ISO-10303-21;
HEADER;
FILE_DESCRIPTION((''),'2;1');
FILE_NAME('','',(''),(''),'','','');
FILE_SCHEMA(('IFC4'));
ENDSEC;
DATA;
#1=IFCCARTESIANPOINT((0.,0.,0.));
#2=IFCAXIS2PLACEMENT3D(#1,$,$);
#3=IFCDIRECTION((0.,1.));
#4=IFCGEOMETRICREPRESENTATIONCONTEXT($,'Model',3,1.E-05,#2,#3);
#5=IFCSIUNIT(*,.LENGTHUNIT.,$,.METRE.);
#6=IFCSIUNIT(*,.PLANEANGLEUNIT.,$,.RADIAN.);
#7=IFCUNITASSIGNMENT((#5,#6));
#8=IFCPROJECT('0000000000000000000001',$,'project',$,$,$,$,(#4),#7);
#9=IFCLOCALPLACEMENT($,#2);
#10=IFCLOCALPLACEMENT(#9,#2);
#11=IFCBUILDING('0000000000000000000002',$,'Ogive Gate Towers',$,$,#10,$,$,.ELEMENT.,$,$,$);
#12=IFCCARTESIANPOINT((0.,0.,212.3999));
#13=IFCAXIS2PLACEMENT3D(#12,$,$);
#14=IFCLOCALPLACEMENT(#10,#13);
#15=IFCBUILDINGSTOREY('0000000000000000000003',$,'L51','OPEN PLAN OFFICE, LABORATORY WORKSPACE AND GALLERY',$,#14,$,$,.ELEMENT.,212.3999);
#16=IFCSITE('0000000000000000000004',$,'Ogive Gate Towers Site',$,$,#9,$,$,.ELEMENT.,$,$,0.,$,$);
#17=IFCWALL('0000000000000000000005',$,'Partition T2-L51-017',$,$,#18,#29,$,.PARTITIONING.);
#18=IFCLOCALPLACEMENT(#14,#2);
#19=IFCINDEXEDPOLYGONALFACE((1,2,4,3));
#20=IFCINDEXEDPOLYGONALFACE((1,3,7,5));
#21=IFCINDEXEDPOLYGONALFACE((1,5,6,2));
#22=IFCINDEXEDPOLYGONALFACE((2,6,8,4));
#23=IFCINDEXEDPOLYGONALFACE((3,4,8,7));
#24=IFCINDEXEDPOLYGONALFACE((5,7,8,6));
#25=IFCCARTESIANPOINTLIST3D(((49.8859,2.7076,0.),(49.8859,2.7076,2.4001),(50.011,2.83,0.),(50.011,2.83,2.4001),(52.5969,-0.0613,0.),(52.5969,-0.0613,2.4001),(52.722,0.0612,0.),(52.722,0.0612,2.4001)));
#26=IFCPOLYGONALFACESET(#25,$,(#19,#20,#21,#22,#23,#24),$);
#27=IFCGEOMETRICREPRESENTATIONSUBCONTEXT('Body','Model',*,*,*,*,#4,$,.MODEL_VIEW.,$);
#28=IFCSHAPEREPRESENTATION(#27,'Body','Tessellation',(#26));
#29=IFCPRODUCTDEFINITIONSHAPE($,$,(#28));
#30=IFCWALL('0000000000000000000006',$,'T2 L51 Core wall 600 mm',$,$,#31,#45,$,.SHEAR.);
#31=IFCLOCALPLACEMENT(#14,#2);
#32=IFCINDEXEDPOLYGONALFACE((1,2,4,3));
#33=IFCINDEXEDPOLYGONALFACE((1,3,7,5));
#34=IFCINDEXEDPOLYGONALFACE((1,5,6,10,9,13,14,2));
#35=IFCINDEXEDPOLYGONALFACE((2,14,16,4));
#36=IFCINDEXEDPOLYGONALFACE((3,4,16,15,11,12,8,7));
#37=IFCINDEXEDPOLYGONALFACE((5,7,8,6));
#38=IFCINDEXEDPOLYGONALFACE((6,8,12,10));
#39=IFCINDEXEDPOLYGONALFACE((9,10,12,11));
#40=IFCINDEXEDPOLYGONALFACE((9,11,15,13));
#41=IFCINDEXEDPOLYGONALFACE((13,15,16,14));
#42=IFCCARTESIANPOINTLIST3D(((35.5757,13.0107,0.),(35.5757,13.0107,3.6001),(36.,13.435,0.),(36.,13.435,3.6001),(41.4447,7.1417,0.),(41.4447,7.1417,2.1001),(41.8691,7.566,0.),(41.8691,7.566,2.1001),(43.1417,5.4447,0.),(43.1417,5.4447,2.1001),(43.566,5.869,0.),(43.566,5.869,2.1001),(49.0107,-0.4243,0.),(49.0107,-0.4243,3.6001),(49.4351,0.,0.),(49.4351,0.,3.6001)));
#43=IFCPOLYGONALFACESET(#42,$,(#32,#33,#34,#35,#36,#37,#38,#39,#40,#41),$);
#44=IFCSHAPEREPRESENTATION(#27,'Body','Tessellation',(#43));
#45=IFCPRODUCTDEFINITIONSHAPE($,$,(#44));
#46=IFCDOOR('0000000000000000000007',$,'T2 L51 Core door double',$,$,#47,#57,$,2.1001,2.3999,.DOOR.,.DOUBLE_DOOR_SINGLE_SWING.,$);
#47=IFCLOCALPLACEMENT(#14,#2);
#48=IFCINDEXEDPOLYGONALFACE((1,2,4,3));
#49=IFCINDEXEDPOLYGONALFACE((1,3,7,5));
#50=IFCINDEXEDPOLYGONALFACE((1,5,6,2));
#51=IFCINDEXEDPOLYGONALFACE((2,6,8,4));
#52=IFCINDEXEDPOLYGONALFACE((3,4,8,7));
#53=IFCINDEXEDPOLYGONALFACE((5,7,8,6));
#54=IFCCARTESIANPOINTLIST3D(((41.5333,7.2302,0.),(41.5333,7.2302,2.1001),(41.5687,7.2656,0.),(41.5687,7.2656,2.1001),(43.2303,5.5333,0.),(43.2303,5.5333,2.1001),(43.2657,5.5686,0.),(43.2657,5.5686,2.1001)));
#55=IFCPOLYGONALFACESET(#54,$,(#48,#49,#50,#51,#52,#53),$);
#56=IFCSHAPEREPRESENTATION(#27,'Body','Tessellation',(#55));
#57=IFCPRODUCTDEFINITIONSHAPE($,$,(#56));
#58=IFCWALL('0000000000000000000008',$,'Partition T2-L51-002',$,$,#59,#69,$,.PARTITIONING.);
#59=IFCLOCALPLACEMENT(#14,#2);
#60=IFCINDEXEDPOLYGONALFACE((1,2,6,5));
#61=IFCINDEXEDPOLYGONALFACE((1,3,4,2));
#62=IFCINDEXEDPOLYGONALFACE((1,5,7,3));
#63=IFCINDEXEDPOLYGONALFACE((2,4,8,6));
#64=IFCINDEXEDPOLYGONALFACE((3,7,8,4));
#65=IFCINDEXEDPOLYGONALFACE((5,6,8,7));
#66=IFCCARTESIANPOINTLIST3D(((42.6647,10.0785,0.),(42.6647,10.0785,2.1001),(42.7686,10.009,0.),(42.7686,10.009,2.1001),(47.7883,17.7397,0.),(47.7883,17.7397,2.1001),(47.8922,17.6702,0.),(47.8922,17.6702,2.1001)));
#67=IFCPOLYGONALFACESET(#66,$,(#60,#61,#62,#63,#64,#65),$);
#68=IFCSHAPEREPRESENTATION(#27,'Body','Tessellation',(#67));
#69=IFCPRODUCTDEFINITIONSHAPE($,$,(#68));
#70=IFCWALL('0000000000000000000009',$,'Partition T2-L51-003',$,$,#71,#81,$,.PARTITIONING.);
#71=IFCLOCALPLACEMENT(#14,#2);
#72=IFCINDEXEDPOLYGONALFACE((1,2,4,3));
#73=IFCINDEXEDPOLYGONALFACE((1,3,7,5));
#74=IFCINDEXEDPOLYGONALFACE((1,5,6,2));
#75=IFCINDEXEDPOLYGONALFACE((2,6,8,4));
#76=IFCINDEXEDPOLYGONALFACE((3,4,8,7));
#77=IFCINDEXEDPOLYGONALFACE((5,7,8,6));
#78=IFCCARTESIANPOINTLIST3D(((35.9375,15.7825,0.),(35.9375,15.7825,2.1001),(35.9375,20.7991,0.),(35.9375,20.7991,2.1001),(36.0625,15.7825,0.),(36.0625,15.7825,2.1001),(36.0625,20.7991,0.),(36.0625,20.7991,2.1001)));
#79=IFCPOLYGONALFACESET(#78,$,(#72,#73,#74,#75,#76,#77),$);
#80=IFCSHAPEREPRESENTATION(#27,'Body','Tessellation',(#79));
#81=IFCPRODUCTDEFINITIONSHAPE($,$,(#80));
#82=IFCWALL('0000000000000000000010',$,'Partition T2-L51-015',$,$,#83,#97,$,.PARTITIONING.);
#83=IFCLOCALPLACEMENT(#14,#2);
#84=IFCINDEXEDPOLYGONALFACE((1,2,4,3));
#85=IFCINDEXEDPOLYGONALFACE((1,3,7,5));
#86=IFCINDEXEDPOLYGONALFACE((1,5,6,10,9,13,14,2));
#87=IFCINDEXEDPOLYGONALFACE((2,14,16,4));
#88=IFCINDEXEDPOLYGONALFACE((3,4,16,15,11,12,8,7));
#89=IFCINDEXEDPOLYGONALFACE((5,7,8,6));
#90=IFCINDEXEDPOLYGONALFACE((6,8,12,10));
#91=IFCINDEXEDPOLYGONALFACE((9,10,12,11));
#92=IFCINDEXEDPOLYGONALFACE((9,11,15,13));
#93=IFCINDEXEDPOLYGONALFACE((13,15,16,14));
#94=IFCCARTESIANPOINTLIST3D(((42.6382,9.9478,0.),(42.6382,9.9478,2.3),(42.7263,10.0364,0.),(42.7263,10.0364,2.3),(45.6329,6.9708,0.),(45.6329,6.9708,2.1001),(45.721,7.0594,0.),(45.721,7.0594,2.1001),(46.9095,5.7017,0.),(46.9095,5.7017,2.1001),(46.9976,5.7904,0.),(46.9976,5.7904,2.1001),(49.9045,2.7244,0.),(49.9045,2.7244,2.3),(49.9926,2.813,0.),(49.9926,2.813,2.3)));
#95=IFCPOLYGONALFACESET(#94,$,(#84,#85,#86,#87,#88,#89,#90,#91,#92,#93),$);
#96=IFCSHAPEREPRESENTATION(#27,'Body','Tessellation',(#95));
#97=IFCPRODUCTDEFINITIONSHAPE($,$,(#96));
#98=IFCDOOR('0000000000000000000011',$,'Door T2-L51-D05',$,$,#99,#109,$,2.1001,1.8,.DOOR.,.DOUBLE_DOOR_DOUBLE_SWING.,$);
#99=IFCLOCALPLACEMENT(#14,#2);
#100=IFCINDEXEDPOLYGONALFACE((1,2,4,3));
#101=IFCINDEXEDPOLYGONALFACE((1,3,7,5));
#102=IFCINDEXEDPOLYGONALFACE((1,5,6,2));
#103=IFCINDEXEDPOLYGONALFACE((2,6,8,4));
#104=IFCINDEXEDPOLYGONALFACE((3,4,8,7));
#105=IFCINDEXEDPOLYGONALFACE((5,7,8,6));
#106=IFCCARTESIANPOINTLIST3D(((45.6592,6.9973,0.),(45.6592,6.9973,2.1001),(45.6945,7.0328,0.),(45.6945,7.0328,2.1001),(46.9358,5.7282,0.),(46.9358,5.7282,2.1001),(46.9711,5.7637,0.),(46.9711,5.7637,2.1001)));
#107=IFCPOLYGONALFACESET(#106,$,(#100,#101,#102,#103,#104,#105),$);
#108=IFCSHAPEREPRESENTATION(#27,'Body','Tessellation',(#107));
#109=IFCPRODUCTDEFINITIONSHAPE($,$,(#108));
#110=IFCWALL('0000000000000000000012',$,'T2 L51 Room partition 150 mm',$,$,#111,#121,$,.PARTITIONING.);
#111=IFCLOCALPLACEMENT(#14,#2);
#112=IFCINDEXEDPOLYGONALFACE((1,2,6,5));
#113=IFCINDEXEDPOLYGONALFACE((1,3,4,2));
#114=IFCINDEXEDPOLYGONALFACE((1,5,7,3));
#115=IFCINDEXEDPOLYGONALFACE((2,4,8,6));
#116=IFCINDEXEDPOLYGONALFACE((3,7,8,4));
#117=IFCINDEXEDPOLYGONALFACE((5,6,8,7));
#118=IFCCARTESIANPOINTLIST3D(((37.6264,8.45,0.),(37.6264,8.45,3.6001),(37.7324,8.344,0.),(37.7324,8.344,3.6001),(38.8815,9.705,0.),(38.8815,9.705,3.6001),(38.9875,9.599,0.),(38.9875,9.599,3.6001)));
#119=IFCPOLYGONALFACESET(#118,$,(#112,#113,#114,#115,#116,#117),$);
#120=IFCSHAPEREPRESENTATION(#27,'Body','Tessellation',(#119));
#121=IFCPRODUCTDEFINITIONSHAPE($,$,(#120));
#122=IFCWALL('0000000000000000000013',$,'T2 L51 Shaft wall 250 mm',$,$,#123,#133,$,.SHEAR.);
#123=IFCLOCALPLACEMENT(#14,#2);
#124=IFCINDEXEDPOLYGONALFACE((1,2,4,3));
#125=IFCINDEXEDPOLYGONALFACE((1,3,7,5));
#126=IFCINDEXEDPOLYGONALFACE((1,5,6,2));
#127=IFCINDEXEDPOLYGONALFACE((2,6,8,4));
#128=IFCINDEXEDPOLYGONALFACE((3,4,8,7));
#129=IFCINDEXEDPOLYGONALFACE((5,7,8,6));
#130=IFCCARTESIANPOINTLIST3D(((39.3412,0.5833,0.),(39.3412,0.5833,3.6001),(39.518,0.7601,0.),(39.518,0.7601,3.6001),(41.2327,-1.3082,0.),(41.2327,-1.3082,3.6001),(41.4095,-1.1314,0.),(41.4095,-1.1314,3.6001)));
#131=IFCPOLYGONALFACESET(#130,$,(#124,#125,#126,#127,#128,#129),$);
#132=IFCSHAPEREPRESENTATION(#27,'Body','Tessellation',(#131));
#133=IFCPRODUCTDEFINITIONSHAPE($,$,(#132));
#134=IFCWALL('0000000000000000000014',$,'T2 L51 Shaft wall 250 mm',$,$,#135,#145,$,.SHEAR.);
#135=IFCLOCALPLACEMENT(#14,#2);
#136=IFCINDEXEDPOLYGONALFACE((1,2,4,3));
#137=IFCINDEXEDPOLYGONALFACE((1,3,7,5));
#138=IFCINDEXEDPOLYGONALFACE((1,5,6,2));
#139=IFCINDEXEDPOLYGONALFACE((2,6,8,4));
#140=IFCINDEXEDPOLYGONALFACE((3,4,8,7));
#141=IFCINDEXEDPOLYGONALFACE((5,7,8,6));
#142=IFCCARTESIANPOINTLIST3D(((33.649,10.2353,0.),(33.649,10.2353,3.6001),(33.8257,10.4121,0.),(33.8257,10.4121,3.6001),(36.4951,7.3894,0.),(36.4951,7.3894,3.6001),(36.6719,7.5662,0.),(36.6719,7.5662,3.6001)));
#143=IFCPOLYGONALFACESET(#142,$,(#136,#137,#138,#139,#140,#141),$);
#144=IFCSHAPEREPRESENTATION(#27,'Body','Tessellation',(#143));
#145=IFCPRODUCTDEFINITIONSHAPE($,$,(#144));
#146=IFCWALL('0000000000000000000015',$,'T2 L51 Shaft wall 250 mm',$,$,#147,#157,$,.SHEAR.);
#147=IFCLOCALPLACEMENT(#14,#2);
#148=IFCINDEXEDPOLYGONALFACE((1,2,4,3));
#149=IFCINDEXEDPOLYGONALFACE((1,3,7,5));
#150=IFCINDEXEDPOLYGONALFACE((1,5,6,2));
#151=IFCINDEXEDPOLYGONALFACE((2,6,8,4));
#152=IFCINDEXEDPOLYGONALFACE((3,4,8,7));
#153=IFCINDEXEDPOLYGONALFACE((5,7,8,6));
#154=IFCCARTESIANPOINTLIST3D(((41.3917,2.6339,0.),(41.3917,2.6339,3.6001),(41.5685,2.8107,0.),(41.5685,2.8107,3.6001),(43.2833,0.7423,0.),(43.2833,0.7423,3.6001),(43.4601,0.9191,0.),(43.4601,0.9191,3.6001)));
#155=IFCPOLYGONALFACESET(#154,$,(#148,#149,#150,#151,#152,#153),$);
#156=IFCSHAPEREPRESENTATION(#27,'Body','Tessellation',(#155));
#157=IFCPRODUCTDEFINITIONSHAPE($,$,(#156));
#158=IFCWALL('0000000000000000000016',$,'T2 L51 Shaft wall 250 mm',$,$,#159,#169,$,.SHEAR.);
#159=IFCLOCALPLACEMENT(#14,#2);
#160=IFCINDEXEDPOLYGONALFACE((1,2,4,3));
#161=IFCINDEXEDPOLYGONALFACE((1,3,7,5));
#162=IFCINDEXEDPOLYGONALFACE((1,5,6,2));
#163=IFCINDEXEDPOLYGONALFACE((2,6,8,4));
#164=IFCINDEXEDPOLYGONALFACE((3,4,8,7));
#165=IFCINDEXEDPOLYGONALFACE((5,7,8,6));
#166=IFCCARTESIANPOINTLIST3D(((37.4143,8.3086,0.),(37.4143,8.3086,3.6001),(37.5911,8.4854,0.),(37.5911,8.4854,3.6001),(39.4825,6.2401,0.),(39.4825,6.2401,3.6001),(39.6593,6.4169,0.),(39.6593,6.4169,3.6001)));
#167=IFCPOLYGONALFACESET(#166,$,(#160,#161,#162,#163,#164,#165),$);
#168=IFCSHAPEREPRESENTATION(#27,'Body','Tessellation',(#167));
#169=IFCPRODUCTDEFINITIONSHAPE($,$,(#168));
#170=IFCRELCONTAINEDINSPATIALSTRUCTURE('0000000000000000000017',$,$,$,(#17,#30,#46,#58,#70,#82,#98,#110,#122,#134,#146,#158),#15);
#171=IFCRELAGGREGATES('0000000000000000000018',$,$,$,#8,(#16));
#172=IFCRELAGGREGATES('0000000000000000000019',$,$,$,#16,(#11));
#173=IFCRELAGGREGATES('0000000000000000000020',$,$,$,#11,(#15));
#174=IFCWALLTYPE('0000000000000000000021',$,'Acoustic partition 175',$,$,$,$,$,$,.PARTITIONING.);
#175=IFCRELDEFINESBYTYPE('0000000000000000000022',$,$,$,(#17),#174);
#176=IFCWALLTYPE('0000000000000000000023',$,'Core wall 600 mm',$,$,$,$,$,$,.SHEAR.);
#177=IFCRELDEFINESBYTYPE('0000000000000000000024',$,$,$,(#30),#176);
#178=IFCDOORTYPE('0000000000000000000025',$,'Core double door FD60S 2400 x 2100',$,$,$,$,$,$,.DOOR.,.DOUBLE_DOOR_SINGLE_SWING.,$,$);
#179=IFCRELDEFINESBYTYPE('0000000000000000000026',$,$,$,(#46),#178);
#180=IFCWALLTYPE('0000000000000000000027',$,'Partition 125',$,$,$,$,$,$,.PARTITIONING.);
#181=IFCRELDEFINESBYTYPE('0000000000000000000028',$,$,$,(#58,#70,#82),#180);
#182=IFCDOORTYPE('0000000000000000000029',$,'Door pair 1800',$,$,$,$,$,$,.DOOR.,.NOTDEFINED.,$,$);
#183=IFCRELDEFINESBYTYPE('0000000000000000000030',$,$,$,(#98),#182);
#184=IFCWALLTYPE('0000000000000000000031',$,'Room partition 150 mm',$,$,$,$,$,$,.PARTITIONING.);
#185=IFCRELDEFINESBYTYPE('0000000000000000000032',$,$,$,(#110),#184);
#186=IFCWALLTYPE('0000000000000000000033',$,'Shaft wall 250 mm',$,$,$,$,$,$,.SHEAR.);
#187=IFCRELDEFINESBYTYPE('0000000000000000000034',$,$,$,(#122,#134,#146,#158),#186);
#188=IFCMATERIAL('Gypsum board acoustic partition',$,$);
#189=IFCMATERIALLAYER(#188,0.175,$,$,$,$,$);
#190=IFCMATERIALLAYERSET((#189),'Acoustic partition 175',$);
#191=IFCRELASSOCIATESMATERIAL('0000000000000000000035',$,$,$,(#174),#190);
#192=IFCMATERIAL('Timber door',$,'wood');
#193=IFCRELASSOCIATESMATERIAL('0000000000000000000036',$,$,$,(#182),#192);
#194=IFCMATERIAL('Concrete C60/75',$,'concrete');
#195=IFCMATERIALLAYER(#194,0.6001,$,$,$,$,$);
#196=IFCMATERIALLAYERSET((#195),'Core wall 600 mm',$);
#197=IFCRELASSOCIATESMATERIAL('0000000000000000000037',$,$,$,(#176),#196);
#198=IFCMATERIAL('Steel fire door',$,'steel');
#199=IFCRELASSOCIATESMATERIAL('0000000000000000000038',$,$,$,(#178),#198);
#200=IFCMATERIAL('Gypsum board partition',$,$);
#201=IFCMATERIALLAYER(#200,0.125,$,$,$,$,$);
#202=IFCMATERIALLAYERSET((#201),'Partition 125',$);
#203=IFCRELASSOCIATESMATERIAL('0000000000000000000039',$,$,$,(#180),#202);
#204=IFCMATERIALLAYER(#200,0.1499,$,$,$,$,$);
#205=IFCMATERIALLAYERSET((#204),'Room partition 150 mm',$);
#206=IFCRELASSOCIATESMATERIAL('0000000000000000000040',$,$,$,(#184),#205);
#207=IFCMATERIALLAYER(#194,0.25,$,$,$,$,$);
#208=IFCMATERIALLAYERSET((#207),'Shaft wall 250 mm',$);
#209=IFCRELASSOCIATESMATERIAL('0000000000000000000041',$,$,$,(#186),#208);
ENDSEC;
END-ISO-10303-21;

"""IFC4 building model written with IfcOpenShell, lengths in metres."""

from ifc_helpers import new_model, si_unit, direction, frame, frame_2d, origin, place, context, subcontext, project, spatial, rectangle, extrude, material, layer, layer_set, type_object, element, fill, save


model = new_model("IFC4")

# Units and contexts
model_context = context("Model", 3, precision=1e-05, world=origin(), true_north=direction((0.0, 1.0)))
body_context = subcontext(model_context, "Body", "Model", "MODEL_VIEW")
ifc_project = project(units=[si_unit("LENGTHUNIT", "METRE"), si_unit("PLANEANGLEUNIT", "RADIAN")], contexts=[model_context])

# Site, building, storey
site_placement = place(None, origin())
site = spatial("IfcSite", under=ifc_project, at=site_placement, Name="Ogive Gate Towers Site", CompositionType="ELEMENT", RefElevation=0.0)
building_placement = place(site_placement, origin())
building = spatial("IfcBuilding", under=site, at=building_placement, Name="Ogive Gate Towers", CompositionType="ELEMENT")
storey_placement = place(building_placement, frame((0.0, 0.0, 212.3999)))
storey = spatial("IfcBuildingStorey", under=building, at=storey_placement, Name="L51", Description="OPEN PLAN OFFICE, LABORATORY WORKSPACE AND GALLERY", CompositionType="ELEMENT", Elevation=212.3999)

# Shared definitions
ifc_material_1 = material(Name="Gypsum board acoustic partition")
ifc_layer_1 = layer(ifc_material_1, 0.175)
ifc_layer_set_1 = layer_set([ifc_layer_1], Name="Acoustic partition 175")
wall_type_1 = type_object("IfcWallType", Name="Acoustic partition 175", PredefinedType="PARTITIONING", material=ifc_layer_set_1)

# Shared definitions
ifc_material_2 = material(Name="Timber door", Category="wood")
door_type_1 = type_object("IfcDoorType", Name="Door pair 1800", OperationType="NOTDEFINED", PredefinedType="DOOR", material=ifc_material_2)

# Wall
wall_1_placement = place(storey_placement, frame((49.9485, 2.7688, 0.0), z_axis=(0.0, 0.0, 1.0), x_axis=(0.699601, -0.714533, 0.0)))
element("IfcWall", 1, at=wall_1_placement, inside=storey, type_object=wall_type_1, Name="Partition T2-L51-017", PredefinedType="PARTITIONING", context=body_context, shape_type="SweptSolid", body=[
    extrude(rectangle(XDim=3.875, YDim=0.175, at=frame_2d((1.9375, 0.0))), origin(), (0.0, 0.0, 1.0), 2.4001),
])

# Wall, opening, door
ifc_material_3 = material(Name="Concrete C60/75", Category="concrete")
ifc_layer_2 = layer(ifc_material_3, 0.6001)
ifc_layer_set_2 = layer_set([ifc_layer_2], Name="Core wall 600 mm")
wall_type_2 = type_object("IfcWallType", Name="Core wall 600 mm", PredefinedType="SHEAR", material=ifc_layer_set_2)
wall_2_placement = place(storey_placement, frame((49.2229, -0.2122, 0.0), z_axis=(0.0, 0.0, 1.0), x_axis=(-0.707107, 0.707107, 0.0)))
wall_2 = element("IfcWall", 2, at=wall_2_placement, inside=storey, type_object=wall_type_2, Name="T2 L51 Core wall 600 mm", PredefinedType="SHEAR", context=body_context, shape_type="SweptSolid", body=[
    extrude(rectangle(XDim=19.0, YDim=0.6001, at=frame_2d((9.5, 0.0))), origin(), (0.0, 0.0, 1.0), 3.6001),
])
opening_1_placement = place(wall_2_placement, frame((8.3, 0.0, 0.0)))
opening_1 = element("IfcOpeningElement", 3, at=opening_1_placement, cuts=wall_2, PredefinedType="OPENING", context=body_context, shape_type="SweptSolid", body=[
    extrude(rectangle(XDim=2.3999, YDim=2.1001, at=frame_2d((1.2, 1.05))), frame((0.0, 0.3101, 0.0), z_axis=(0.0, -1.0, 0.0), x_axis=(1.0, 0.0, 0.0)), (0.0, 0.0, 1.0), 0.6201),
])
ifc_material_4 = material(Name="Steel fire door", Category="steel")
door_type_2 = type_object("IfcDoorType", Name="Core double door FD60S 2400 x 2100", OperationType="DOUBLE_DOOR_SINGLE_SWING", PredefinedType="DOOR", material=ifc_material_4)
door_1_placement = place(opening_1_placement, origin())
door_1 = element("IfcDoor", 4, at=door_1_placement, inside=storey, type_object=door_type_2, Name="T2 L51 Core door double", OperationType="DOUBLE_DOOR_SINGLE_SWING", OverallHeight=2.1001, OverallWidth=2.3999, PredefinedType="DOOR", context=body_context, shape_type="SweptSolid", body=[
    extrude(rectangle(XDim=2.3999, YDim=2.1001, at=frame_2d((1.2, 1.05))), frame((0.0, 0.1748, 0.0), z_axis=(0.0, -1.0, 0.0), x_axis=(1.0, 0.0, 0.0)), (0.0, 0.0, 1.0), 0.05),
])
fill(opening_1, door_1)

# Walls
ifc_material_5 = material(Name="Gypsum board partition")
ifc_layer_3 = layer(ifc_material_5, 0.125)
ifc_layer_set_3 = layer_set([ifc_layer_3], Name="Partition 125")
wall_type_3 = type_object("IfcWallType", Name="Partition 125", PredefinedType="PARTITIONING", material=ifc_layer_set_3)
wall_3_placement = place(storey_placement, frame((47.8403, 17.7051, 0.0), z_axis=(0.0, 0.0, 1.0), x_axis=(-0.55591, -0.831243, 0.0)))
element("IfcWall", 5, at=wall_3_placement, inside=storey, type_object=wall_type_3, Name="Partition T2-L51-002", PredefinedType="PARTITIONING", context=body_context, shape_type="SweptSolid", body=[
    extrude(rectangle(XDim=9.2166, YDim=0.125, at=frame_2d((4.6084, 0.0))), origin(), (0.0, 0.0, 1.0), 2.1001),
])
wall_4_placement = place(storey_placement, frame((36.0, 20.7991, 0.0), z_axis=(0.0, 0.0, 1.0), x_axis=(0.0, -1.0, 0.0)))
element("IfcWall", 6, at=wall_4_placement, inside=storey, type_object=wall_type_3, Name="Partition T2-L51-003", PredefinedType="PARTITIONING", context=body_context, shape_type="SweptSolid", body=[
    extrude(rectangle(XDim=5.0166, YDim=0.125, at=frame_2d((2.5083, 0.0))), origin(), (0.0, 0.0, 1.0), 2.1001),
])

# Wall, opening, door
wall_5_placement = place(storey_placement, frame((42.6821, 9.9922, 0.0), z_axis=(0.0, 0.0, 1.0), x_axis=(0.709201, -0.705007, 0.0)))
wall_5 = element("IfcWall", 7, at=wall_5_placement, inside=storey, type_object=wall_type_3, Name="Partition T2-L51-015", PredefinedType="PARTITIONING", context=body_context, shape_type="SweptSolid", body=[
    extrude(rectangle(XDim=10.2458, YDim=0.125, at=frame_2d((5.123, 0.0))), origin(), (0.0, 0.0, 1.0), 2.3),
])
opening_2_placement = place(wall_5_placement, frame((4.2229, 0.0, 0.0)))
opening_2 = element("IfcOpeningElement", 8, at=opening_2_placement, cuts=wall_5, PredefinedType="OPENING", context=body_context, shape_type="SweptSolid", body=[
    extrude(rectangle(XDim=1.8, YDim=2.1001, at=frame_2d((0.8999, 1.05))), frame((0.0, 0.0725, 0.0), z_axis=(0.0, -1.0, 0.0), x_axis=(1.0, 0.0, 0.0)), (0.0, 0.0, 1.0), 0.145),
])
door_2_placement = place(opening_2_placement, origin())
door_2 = element("IfcDoor", 9, at=door_2_placement, inside=storey, type_object=door_type_1, Name="Door T2-L51-D05", OperationType="DOUBLE_DOOR_DOUBLE_SWING", OverallHeight=2.1001, OverallWidth=1.8, PredefinedType="DOOR", context=body_context, shape_type="SweptSolid", body=[
    extrude(rectangle(XDim=1.8, YDim=2.1001, at=frame_2d((0.8999, 1.05))), frame((0.0, 0.0249, 0.0), z_axis=(0.0, -1.0, 0.0), x_axis=(1.0, 0.0, 0.0)), (0.0, 0.0, 1.0), 0.05),
])
fill(opening_2, door_2)

# Walls
ifc_layer_4 = layer(ifc_material_5, 0.1499)
ifc_layer_set_4 = layer_set([ifc_layer_4], Name="Room partition 150 mm")
wall_type_4 = type_object("IfcWallType", Name="Room partition 150 mm", PredefinedType="PARTITIONING", material=ifc_layer_set_4)
wall_6_placement = place(storey_placement, frame((37.6794, 8.397, 0.0), z_axis=(0.0, 0.0, 1.0), x_axis=(0.707107, 0.707107, 0.0)))
element("IfcWall", 10, at=wall_6_placement, inside=storey, type_object=wall_type_4, Name="T2 L51 Room partition 150 mm", PredefinedType="PARTITIONING", context=body_context, shape_type="SweptSolid", body=[
    extrude(rectangle(XDim=1.7749, YDim=0.1499, at=frame_2d((0.8875, 0.0))), origin(), (0.0, 0.0, 1.0), 3.6001),
])
ifc_layer_5 = layer(ifc_material_3, 0.25)
ifc_layer_set_5 = layer_set([ifc_layer_5], Name="Shaft wall 250 mm")
wall_type_5 = type_object("IfcWallType", Name="Shaft wall 250 mm", PredefinedType="SHEAR", material=ifc_layer_set_5)
wall_7_placement = place(storey_placement, frame((41.321, -1.2197, 0.0), z_axis=(0.0, 0.0, 1.0), x_axis=(-0.707107, 0.707107, 0.0)))
element("IfcWall", 11, at=wall_7_placement, inside=storey, type_object=wall_type_5, Name="T2 L51 Shaft wall 250 mm", PredefinedType="SHEAR", context=body_context, shape_type="SweptSolid", body=[
    extrude(rectangle(XDim=2.675, YDim=0.25, at=frame_2d((1.3374, 0.0))), origin(), (0.0, 0.0, 1.0), 3.6001),
])
wall_8_placement = place(storey_placement, frame((36.5835, 7.4778, 0.0), z_axis=(0.0, 0.0, 1.0), x_axis=(-0.707137, 0.707076, 0.0)))
element("IfcWall", 12, at=wall_8_placement, inside=storey, type_object=wall_type_5, Name="T2 L51 Shaft wall 250 mm", PredefinedType="SHEAR", context=body_context, shape_type="SweptSolid", body=[
    extrude(rectangle(XDim=4.0249, YDim=0.25, at=frame_2d((2.0125, 0.0))), origin(), (0.0, 0.0, 1.0), 3.6001),
])
wall_9_placement = place(storey_placement, frame((43.3716, 0.8308, 0.0), z_axis=(0.0, 0.0, 1.0), x_axis=(-0.707107, 0.707107, 0.0)))
element("IfcWall", 13, at=wall_9_placement, inside=storey, type_object=wall_type_5, Name="T2 L51 Shaft wall 250 mm", PredefinedType="SHEAR", context=body_context, shape_type="SweptSolid", body=[
    extrude(rectangle(XDim=2.675, YDim=0.25, at=frame_2d((1.3374, 0.0))), origin(), (0.0, 0.0, 1.0), 3.6001),
])
wall_10_placement = place(storey_placement, frame((39.5708, 6.3286, 0.0), z_axis=(0.0, 0.0, 1.0), x_axis=(-0.707065, 0.707149, 0.0)))
element("IfcWall", 14, at=wall_10_placement, inside=storey, type_object=wall_type_5, Name="T2 L51 Shaft wall 250 mm", PredefinedType="SHEAR", context=body_context, shape_type="SweptSolid", body=[
    extrude(rectangle(XDim=2.925, YDim=0.25, at=frame_2d((1.4624, 0.0))), origin(), (0.0, 0.0, 1.0), 3.6001),
])

save(model, "model.ifc")
